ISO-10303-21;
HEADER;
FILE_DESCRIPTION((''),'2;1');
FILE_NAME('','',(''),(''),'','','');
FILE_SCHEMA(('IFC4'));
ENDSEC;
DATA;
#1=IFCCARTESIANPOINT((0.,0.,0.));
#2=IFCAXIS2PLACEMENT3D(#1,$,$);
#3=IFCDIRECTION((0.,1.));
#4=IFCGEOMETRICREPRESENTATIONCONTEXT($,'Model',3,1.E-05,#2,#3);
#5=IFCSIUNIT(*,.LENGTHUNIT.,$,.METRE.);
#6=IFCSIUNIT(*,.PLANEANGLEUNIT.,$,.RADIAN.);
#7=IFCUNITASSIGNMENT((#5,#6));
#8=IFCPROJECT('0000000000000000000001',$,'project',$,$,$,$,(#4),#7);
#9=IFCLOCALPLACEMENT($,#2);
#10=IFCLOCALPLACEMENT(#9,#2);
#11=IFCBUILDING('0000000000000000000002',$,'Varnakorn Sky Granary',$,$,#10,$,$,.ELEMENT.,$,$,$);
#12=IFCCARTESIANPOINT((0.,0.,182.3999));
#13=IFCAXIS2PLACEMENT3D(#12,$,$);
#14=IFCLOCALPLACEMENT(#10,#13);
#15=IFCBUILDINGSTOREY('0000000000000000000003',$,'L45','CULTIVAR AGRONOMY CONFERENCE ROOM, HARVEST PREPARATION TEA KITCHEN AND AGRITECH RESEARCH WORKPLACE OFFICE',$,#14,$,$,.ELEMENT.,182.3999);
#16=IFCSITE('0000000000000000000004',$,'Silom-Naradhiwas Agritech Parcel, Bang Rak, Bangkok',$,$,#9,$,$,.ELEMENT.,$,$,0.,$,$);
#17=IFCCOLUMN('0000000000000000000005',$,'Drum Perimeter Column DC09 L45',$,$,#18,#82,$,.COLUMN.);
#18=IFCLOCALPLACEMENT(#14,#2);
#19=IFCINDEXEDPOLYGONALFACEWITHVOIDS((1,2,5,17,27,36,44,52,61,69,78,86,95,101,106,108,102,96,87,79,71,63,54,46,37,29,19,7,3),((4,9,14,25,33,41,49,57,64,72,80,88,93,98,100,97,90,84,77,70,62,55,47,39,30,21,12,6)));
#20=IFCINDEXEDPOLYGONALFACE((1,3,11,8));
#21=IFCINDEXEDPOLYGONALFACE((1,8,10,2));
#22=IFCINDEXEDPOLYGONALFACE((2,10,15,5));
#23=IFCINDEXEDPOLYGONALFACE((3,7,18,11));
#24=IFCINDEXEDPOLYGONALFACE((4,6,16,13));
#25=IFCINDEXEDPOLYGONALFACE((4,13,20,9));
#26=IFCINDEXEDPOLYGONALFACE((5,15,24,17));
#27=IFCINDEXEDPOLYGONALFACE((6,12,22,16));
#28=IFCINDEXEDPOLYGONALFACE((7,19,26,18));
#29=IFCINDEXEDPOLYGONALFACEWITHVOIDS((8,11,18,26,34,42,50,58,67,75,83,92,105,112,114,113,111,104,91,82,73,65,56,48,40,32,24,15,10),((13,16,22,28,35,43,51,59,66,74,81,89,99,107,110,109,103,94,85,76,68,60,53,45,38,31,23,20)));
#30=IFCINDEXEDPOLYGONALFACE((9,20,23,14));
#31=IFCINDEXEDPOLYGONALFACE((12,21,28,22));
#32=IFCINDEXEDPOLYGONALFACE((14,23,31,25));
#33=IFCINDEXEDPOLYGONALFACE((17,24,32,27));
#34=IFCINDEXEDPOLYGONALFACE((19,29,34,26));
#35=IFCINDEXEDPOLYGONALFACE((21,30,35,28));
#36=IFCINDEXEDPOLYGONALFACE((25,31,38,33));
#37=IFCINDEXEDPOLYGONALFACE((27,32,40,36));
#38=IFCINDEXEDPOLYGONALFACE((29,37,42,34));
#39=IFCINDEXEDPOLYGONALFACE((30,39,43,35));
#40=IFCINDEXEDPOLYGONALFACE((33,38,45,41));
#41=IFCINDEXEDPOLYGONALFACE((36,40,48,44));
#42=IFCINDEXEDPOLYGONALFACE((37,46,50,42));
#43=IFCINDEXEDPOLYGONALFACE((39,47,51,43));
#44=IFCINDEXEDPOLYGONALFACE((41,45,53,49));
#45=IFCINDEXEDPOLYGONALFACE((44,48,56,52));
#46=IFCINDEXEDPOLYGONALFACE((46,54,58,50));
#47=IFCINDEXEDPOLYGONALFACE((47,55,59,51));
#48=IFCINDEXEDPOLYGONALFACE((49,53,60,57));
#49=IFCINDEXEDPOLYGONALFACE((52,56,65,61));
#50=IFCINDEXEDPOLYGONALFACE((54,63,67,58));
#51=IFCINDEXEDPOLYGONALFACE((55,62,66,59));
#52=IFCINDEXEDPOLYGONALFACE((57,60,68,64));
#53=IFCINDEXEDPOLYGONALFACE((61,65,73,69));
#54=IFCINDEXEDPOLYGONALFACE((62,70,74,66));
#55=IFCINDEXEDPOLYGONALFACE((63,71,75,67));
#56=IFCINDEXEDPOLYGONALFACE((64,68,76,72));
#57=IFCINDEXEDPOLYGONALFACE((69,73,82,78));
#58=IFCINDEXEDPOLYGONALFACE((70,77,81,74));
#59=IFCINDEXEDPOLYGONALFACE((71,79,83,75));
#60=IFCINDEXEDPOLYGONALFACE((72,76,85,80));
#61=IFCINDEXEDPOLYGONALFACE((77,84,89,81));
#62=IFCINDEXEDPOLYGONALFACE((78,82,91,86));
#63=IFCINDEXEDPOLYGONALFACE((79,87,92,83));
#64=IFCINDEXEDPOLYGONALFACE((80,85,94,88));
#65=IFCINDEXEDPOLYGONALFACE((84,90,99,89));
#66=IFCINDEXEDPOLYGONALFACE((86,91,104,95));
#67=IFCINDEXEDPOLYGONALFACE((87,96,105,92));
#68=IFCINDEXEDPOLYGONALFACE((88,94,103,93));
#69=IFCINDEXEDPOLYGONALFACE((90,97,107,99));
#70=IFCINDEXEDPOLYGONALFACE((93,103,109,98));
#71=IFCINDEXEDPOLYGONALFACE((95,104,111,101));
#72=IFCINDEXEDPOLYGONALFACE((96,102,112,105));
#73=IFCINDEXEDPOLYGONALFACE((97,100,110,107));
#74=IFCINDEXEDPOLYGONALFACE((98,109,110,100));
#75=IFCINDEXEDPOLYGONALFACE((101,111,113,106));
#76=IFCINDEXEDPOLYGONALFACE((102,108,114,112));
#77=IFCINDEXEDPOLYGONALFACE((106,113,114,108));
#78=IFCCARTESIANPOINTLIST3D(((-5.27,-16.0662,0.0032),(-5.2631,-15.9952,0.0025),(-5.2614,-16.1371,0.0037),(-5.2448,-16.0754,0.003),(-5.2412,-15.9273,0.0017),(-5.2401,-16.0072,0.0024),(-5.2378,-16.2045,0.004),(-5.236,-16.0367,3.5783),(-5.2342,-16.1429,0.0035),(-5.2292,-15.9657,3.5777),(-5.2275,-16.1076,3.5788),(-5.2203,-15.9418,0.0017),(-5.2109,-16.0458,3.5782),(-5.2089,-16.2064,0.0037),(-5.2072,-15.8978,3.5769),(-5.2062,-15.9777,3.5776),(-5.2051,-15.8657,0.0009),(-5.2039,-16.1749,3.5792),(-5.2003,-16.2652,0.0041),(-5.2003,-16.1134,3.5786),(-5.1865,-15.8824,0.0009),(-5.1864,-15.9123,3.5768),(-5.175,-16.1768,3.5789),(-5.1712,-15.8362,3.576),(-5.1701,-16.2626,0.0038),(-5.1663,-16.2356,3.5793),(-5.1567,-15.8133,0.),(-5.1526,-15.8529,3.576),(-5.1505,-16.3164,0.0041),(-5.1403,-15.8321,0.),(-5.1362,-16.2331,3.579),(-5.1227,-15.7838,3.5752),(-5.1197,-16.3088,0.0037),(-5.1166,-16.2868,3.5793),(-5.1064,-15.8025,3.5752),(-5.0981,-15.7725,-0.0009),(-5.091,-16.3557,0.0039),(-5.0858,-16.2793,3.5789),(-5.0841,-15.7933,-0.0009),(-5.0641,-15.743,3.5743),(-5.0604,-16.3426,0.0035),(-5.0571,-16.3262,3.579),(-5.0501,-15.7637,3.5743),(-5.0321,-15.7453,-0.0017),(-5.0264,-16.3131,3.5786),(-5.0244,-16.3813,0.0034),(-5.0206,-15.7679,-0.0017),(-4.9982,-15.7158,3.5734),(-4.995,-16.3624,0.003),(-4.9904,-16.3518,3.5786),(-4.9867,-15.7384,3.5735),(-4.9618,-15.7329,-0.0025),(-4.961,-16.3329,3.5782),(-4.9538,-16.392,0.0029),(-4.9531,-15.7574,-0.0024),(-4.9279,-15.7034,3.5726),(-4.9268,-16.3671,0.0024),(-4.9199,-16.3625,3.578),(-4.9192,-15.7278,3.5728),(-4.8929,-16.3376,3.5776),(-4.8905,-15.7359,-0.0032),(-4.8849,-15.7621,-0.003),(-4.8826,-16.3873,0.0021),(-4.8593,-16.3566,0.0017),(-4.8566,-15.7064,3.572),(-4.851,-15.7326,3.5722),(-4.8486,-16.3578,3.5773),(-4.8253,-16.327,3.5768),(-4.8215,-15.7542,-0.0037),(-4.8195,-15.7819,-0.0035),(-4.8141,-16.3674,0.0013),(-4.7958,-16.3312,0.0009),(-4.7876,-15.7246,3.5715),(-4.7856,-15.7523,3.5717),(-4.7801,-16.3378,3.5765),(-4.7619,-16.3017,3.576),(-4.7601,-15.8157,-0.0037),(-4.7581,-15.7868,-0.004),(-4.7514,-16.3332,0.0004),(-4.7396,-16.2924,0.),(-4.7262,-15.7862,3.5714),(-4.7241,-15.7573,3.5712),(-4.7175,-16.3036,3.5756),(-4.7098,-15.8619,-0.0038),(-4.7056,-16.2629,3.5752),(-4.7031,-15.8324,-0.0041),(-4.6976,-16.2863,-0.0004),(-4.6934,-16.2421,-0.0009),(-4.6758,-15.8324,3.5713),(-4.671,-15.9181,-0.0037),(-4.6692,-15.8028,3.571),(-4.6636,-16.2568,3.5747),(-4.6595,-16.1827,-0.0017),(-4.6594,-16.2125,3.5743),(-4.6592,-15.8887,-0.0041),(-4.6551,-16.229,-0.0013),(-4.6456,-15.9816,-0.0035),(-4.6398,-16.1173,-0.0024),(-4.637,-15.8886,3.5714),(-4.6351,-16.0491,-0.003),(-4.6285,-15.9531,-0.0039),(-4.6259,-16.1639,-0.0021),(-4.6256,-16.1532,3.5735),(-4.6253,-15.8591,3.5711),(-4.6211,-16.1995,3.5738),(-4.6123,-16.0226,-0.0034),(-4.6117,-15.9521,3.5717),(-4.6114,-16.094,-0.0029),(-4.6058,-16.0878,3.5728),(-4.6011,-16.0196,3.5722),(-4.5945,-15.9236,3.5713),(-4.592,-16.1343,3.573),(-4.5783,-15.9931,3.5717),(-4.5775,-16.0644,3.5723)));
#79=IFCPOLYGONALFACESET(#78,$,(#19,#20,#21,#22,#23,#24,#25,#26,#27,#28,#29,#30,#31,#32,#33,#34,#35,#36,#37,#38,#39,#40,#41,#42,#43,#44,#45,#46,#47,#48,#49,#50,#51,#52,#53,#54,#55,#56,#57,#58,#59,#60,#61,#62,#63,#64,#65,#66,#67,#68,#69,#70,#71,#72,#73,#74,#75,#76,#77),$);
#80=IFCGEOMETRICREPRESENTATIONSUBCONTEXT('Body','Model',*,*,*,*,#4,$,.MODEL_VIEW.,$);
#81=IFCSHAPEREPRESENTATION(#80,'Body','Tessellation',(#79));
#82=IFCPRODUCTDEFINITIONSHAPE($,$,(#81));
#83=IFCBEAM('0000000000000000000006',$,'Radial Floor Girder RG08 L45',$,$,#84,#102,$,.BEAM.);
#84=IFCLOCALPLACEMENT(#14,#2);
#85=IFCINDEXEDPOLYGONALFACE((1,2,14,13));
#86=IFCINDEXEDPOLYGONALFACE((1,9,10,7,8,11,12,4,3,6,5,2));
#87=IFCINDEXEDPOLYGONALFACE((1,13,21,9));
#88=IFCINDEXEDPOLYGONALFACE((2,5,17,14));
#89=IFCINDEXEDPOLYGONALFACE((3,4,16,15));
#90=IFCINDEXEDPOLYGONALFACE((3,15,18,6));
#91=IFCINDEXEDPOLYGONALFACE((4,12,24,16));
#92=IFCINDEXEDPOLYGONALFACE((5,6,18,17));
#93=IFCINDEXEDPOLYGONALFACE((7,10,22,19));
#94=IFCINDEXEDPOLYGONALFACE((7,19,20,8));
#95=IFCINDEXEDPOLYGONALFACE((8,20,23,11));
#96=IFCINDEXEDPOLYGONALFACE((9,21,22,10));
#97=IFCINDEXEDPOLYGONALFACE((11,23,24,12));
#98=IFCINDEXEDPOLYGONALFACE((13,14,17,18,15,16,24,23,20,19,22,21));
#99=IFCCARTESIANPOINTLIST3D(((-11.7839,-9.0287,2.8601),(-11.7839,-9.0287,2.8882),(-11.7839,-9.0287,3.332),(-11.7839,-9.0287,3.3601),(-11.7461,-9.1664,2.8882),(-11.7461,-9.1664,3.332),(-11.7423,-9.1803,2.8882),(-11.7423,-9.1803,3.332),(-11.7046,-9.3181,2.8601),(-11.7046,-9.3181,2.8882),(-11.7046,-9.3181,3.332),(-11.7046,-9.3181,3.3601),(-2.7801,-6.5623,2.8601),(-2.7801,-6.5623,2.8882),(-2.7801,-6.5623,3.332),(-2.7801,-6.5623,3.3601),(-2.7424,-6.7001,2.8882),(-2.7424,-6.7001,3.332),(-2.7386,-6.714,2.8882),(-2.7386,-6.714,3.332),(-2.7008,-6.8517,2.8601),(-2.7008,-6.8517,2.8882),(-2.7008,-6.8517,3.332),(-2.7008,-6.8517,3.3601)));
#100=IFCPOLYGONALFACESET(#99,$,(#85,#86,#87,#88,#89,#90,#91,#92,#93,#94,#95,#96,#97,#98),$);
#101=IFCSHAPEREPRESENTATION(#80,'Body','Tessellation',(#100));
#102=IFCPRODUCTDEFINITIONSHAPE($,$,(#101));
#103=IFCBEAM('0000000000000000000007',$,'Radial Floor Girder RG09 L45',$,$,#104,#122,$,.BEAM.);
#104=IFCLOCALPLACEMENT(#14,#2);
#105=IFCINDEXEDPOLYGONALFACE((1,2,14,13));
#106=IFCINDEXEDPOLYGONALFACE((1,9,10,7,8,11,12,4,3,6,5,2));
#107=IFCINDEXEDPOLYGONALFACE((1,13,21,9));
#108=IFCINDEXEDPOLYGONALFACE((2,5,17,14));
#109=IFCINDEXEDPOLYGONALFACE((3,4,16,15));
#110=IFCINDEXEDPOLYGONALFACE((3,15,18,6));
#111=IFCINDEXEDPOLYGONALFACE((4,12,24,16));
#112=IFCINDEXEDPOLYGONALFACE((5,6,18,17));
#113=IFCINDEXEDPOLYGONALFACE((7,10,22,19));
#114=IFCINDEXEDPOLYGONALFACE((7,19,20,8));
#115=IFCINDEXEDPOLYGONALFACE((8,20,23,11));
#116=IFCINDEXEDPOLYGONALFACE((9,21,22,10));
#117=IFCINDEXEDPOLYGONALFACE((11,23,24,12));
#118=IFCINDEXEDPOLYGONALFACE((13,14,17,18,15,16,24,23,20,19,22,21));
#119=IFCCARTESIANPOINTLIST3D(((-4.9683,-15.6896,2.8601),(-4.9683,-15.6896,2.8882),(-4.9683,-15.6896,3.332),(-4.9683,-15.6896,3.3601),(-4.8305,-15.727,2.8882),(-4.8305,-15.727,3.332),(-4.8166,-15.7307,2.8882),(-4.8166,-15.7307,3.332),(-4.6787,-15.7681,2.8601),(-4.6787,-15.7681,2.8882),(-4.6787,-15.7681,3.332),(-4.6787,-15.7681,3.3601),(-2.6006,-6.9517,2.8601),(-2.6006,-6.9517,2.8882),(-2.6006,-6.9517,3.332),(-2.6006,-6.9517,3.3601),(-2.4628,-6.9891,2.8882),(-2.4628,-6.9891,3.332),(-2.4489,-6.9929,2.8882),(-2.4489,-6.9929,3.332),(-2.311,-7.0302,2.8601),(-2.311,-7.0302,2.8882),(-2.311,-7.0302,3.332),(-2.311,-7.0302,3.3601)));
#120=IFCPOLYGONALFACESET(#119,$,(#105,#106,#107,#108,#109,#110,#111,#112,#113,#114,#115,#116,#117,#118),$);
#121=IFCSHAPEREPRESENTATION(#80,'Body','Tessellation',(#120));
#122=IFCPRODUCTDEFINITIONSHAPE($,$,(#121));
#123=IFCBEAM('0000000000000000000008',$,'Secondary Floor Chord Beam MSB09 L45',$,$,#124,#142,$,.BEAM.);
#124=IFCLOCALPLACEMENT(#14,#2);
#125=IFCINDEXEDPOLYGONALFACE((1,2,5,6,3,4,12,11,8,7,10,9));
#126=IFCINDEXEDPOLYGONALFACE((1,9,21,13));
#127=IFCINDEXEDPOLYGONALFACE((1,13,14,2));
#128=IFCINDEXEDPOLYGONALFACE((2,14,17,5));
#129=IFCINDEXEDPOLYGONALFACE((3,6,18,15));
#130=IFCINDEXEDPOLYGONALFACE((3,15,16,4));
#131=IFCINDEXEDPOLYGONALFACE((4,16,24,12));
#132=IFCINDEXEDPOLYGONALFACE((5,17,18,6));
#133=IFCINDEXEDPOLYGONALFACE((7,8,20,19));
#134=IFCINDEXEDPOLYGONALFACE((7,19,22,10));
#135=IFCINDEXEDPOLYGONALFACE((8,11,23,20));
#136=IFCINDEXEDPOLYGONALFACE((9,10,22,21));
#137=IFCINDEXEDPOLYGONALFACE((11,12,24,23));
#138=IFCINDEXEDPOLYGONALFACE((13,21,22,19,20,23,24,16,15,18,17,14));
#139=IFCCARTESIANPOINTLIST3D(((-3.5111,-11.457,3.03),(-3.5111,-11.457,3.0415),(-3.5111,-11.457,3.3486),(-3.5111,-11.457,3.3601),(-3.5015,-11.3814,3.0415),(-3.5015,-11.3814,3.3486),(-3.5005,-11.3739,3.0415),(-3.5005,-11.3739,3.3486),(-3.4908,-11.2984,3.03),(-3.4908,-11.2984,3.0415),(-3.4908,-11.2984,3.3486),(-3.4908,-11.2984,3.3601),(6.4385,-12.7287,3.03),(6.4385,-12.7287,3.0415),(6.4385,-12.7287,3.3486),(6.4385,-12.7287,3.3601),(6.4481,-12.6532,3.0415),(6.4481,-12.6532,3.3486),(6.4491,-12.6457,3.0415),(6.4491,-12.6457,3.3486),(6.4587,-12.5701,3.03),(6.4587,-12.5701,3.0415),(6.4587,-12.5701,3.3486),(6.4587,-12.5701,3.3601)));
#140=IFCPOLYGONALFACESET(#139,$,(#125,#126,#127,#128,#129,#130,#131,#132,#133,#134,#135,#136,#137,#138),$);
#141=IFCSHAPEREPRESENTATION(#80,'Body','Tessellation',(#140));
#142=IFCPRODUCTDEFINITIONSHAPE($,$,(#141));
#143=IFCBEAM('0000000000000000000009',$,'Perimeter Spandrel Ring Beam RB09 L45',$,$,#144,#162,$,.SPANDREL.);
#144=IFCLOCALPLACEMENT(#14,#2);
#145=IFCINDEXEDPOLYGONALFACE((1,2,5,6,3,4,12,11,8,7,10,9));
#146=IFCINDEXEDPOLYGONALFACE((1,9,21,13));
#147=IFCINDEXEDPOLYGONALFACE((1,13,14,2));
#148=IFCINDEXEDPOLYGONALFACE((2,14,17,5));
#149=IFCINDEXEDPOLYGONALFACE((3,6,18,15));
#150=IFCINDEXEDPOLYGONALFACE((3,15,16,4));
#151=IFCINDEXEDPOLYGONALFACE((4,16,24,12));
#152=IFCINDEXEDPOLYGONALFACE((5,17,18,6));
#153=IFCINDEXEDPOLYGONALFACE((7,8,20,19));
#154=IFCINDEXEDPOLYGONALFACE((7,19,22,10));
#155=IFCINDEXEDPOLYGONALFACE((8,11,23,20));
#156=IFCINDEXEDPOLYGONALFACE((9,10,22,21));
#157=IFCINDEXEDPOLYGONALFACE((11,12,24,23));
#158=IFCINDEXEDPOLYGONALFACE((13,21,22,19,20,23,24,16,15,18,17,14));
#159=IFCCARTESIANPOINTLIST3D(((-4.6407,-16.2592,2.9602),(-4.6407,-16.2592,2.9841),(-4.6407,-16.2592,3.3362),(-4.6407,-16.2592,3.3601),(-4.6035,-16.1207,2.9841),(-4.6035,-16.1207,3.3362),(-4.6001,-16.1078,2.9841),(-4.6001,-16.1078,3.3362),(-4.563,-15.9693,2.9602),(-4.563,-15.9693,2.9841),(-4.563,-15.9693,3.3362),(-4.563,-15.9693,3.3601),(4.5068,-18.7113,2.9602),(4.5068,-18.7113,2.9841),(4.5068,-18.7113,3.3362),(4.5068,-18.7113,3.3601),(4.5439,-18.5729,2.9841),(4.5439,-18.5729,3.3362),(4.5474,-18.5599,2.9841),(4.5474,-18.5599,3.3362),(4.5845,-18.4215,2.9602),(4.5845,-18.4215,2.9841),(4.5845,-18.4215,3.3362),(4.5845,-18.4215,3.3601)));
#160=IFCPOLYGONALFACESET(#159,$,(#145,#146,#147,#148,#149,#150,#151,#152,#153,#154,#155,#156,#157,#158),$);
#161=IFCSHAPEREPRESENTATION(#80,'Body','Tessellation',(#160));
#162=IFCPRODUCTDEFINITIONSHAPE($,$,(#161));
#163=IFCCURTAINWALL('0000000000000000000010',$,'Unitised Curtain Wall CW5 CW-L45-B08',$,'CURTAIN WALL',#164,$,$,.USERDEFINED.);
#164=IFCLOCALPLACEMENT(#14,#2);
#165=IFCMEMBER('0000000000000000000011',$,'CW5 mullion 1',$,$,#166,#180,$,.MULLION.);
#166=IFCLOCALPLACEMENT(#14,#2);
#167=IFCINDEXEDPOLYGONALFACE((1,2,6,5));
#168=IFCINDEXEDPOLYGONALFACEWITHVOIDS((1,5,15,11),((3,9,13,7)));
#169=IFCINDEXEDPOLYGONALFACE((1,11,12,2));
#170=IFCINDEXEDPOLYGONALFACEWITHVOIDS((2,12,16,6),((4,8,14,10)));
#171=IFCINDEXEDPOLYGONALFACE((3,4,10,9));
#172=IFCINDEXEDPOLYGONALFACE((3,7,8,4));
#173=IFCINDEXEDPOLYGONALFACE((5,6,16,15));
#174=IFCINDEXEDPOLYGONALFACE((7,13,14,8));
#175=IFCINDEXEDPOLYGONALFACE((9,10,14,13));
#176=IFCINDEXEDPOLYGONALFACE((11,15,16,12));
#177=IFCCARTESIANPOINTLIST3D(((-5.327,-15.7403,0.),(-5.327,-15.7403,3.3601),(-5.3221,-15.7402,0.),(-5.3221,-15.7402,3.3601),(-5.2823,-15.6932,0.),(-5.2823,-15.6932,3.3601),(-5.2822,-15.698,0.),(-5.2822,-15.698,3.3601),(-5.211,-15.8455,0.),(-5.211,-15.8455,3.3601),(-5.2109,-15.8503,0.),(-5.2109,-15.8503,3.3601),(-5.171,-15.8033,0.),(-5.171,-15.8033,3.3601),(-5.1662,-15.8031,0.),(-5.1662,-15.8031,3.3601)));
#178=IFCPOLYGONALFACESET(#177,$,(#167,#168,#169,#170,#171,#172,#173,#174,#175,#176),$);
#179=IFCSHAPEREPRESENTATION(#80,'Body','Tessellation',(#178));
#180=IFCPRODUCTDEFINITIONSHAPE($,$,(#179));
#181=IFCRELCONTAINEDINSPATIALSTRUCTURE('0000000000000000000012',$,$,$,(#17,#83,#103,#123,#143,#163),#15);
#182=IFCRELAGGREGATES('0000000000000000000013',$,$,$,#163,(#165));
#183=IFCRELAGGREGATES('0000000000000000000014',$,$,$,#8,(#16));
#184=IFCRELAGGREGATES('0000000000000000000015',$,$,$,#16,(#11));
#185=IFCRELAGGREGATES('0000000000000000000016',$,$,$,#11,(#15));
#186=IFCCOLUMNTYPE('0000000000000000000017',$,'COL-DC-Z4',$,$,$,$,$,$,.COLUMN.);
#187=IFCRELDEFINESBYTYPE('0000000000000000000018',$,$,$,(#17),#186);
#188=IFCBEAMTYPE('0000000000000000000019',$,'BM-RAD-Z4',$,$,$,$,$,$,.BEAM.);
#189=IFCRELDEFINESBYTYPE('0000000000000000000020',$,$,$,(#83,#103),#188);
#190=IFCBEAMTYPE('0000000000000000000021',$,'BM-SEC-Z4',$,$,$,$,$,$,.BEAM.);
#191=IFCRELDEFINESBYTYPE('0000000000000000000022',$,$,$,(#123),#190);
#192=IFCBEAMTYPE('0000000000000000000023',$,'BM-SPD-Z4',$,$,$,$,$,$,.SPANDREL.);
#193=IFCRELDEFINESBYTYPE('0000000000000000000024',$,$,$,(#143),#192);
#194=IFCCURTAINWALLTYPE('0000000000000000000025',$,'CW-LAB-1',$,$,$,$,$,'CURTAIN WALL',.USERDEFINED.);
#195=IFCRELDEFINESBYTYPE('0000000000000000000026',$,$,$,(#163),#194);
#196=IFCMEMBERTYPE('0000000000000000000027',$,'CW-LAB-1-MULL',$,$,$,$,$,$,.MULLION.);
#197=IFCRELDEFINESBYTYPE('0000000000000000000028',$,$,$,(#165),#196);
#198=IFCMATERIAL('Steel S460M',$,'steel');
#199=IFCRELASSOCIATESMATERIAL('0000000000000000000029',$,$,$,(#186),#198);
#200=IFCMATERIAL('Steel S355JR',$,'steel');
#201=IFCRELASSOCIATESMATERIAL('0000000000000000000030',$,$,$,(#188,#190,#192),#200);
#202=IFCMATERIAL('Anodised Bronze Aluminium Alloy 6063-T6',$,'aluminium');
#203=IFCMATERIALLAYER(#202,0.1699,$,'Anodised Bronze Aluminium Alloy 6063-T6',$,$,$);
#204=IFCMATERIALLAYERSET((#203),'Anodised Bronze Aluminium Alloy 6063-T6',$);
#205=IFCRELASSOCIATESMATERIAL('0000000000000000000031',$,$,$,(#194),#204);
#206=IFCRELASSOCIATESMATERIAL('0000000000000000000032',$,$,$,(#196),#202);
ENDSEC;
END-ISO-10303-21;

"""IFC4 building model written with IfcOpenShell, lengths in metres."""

from ifc_helpers import new_model, si_unit, direction, frame, origin, origin_2d, place, context, subcontext, project, spatial, hollow_rectangle, hollow_circle, i_section, extrude, material, layer, layer_set, material_profile, profile_set, type_object, element, aggregate, save


model = new_model("IFC4")

# Units and contexts
model_context = context("Model", 3, precision=1e-05, world=origin(), true_north=direction((0.0, 1.0)))
body_context = subcontext(model_context, "Body", "Model", "MODEL_VIEW")
ifc_project = project(units=[si_unit("LENGTHUNIT", "METRE"), si_unit("PLANEANGLEUNIT", "RADIAN")], contexts=[model_context])

# Site, building, storey
site_placement = place(None, origin())
site = spatial("IfcSite", under=ifc_project, at=site_placement, Name="Silom-Naradhiwas Agritech Parcel, Bang Rak, Bangkok", CompositionType="ELEMENT", RefElevation=0.0)
building_placement = place(site_placement, origin())
building = spatial("IfcBuilding", under=site, at=building_placement, Name="Varnakorn Sky Granary", CompositionType="ELEMENT")
storey_placement = place(building_placement, frame((0.0, 0.0, 182.3999)))
storey = spatial("IfcBuildingStorey", under=building, at=storey_placement, Name="L45", Description="CULTIVAR AGRONOMY CONFERENCE ROOM, HARVEST PREPARATION TEA KITCHEN AND AGRITECH RESEARCH WORKPLACE OFFICE", CompositionType="ELEMENT", Elevation=182.3999)

# Column
ifc_material_1 = material(Name="Steel S460M", Category="steel")
ifc_material_profile_1 = material_profile(ifc_material_1, hollow_circle(Radius=0.3301, WallThickness=0.0249, at=origin_2d()), Name="CHS 660x25")
ifc_profile_set_1 = profile_set([ifc_material_profile_1], Name="Steel S460M")
column_type = type_object("IfcColumnType", Name="COL-DC-Z4", PredefinedType="COLUMN", material=ifc_profile_set_1)
column_placement = place(storey_placement, frame((-4.9399, -16.0623, 0.0), z_axis=(0.009491, 0.008262, 0.999921), x_axis=(-0.656582, 0.754255, 0.0)))
element("IfcColumn", 1, at=column_placement, inside=storey, type_object=column_type, Name="Drum Perimeter Column DC09 L45", PredefinedType="COLUMN", context=body_context, shape_type="SweptSolid", body=[
    extrude(hollow_circle(Radius=0.3301, WallThickness=0.0249, at=origin_2d()), origin(), (0.0, 0.0, 1.0), 3.5754),
])

# Beams
ifc_material_2 = material(Name="Steel S355JR", Category="steel")
ifc_material_profile_2 = material_profile(ifc_material_2, i_section(OverallWidth=0.3, OverallDepth=0.5, WebThickness=0.0144, FlangeThickness=0.0281, at=origin_2d()), Name="HE 500 B")
ifc_profile_set_2 = profile_set([ifc_material_profile_2], Name="Steel S355JR")
beam_type_1 = type_object("IfcBeamType", Name="BM-RAD-Z4", PredefinedType="BEAM", material=ifc_profile_set_2)
beam_1_placement = place(storey_placement, frame((-2.7405, -6.707, 3.1101), z_axis=(-0.964471, -0.26419, 0.0), x_axis=(0.26419, -0.964471, 0.0)))
element("IfcBeam", 2, at=beam_1_placement, inside=storey, type_object=beam_type_1, Name="Radial Floor Girder RG08 L45", PredefinedType="BEAM", context=body_context, shape_type="SweptSolid", body=[
    extrude(i_section(OverallWidth=0.3, OverallDepth=0.5, WebThickness=0.0144, FlangeThickness=0.0281, at=origin_2d()), origin(), (0.0, 0.0, 1.0), 9.3354),
])
beam_2_placement = place(storey_placement, frame((-2.4558, -6.991, 3.1101), z_axis=(-0.261538, -0.965193, 0.0), x_axis=(0.965193, -0.261538, 0.0)))
element("IfcBeam", 3, at=beam_2_placement, inside=storey, type_object=beam_type_1, Name="Radial Floor Girder RG09 L45", PredefinedType="BEAM", context=body_context, shape_type="SweptSolid", body=[
    extrude(i_section(OverallWidth=0.3, OverallDepth=0.5, WebThickness=0.0144, FlangeThickness=0.0281, at=origin_2d()), origin(), (0.0, 0.0, 1.0), 9.053),
])
ifc_material_profile_3 = material_profile(ifc_material_2, i_section(OverallWidth=0.1599, OverallDepth=0.3301, WebThickness=0.0076, FlangeThickness=0.0115, at=origin_2d()), Name="IPE 330")
ifc_profile_set_3 = profile_set([ifc_material_profile_3], Name="Steel S355JR")
beam_type_2 = type_object("IfcBeamType", Name="BM-SEC-Z4", PredefinedType="BEAM", material=ifc_profile_set_3)
beam_3_placement = place(storey_placement, frame((-3.501, -11.3777, 3.1951), z_axis=(0.99193, -0.126787, 0.0), x_axis=(0.126787, 0.99193, 0.0)))
element("IfcBeam", 4, at=beam_3_placement, inside=storey, type_object=beam_type_2, Name="Secondary Floor Chord Beam MSB09 L45", PredefinedType="BEAM", context=body_context, shape_type="SweptSolid", body=[
    extrude(i_section(OverallWidth=0.1599, OverallDepth=0.3301, WebThickness=0.0076, FlangeThickness=0.0115, at=origin_2d()), origin(), (0.0, 0.0, 1.0), 10.0305),
])
ifc_material_profile_4 = material_profile(ifc_material_2, i_section(OverallWidth=0.3, OverallDepth=0.3999, WebThickness=0.0134, FlangeThickness=0.0239, at=origin_2d()), Name="HE 400 B")
ifc_profile_set_4 = profile_set([ifc_material_profile_4], Name="Steel S355JR")
beam_type_3 = type_object("IfcBeamType", Name="BM-SPD-Z4", PredefinedType="SPANDREL", material=ifc_profile_set_4)
beam_4_placement = place(storey_placement, frame((-4.6018, -16.1143, 3.1602), z_axis=(0.965897, -0.258927, 0.0), x_axis=(0.258927, 0.965897, 0.0)))
element("IfcBeam", 5, at=beam_4_placement, inside=storey, type_object=beam_type_3, Name="Perimeter Spandrel Ring Beam RB09 L45", PredefinedType="SPANDREL", context=body_context, shape_type="SweptSolid", body=[
    extrude(i_section(OverallWidth=0.3, OverallDepth=0.3999, WebThickness=0.0134, FlangeThickness=0.0239, at=origin_2d()), origin(), (0.0, 0.0, 1.0), 9.4705),
])

# Curtain wall, member
ifc_material_3 = material(Name="Anodised Bronze Aluminium Alloy 6063-T6", Category="aluminium")
ifc_layer_1 = layer(ifc_material_3, 0.1699, Name="Anodised Bronze Aluminium Alloy 6063-T6")
ifc_layer_set_1 = layer_set([ifc_layer_1], Name="Anodised Bronze Aluminium Alloy 6063-T6")
curtain_wall_type = type_object("IfcCurtainWallType", Name="CW-LAB-1", ElementType="CURTAIN WALL", PredefinedType="USERDEFINED", material=ifc_layer_set_1)
curtain_wall_placement = place(storey_placement, origin())
curtain_wall = element("IfcCurtainWall", 6, at=curtain_wall_placement, inside=storey, type_object=curtain_wall_type, Name="Unitised Curtain Wall CW5 CW-L45-B08", ObjectType="CURTAIN WALL", PredefinedType="USERDEFINED")
ifc_material_profile_5 = material_profile(ifc_material_3, hollow_rectangle(XDim=0.0649, YDim=0.1599, WallThickness=0.0034, at=origin_2d()), Name="ALU MULL 65x160")
ifc_profile_set_5 = profile_set([ifc_material_profile_5], Name="Anodised Bronze Aluminium Alloy 6063-T6")
member_type_1 = type_object("IfcMemberType", Name="CW-LAB-1-MULL", PredefinedType="MULLION", material=ifc_profile_set_5)
member_1_placement = place(storey_placement, frame((-5.2466, -15.7717, 0.0), z_axis=(0.0, 0.0, 1.0), x_axis=(-0.687692, -0.726002, 0.0)))
member_1 = element("IfcMember", 7, at=member_1_placement, type_object=member_type_1, Name="CW5 mullion 1", PredefinedType="MULLION", context=body_context, shape_type="SweptSolid", body=[
    extrude(hollow_rectangle(XDim=0.0649, YDim=0.1599, WallThickness=0.0034, at=origin_2d()), origin(), (0.0, 0.0, 1.0), 3.3601),
])

aggregate(curtain_wall, [member_1])

save(model, "model.ifc")
